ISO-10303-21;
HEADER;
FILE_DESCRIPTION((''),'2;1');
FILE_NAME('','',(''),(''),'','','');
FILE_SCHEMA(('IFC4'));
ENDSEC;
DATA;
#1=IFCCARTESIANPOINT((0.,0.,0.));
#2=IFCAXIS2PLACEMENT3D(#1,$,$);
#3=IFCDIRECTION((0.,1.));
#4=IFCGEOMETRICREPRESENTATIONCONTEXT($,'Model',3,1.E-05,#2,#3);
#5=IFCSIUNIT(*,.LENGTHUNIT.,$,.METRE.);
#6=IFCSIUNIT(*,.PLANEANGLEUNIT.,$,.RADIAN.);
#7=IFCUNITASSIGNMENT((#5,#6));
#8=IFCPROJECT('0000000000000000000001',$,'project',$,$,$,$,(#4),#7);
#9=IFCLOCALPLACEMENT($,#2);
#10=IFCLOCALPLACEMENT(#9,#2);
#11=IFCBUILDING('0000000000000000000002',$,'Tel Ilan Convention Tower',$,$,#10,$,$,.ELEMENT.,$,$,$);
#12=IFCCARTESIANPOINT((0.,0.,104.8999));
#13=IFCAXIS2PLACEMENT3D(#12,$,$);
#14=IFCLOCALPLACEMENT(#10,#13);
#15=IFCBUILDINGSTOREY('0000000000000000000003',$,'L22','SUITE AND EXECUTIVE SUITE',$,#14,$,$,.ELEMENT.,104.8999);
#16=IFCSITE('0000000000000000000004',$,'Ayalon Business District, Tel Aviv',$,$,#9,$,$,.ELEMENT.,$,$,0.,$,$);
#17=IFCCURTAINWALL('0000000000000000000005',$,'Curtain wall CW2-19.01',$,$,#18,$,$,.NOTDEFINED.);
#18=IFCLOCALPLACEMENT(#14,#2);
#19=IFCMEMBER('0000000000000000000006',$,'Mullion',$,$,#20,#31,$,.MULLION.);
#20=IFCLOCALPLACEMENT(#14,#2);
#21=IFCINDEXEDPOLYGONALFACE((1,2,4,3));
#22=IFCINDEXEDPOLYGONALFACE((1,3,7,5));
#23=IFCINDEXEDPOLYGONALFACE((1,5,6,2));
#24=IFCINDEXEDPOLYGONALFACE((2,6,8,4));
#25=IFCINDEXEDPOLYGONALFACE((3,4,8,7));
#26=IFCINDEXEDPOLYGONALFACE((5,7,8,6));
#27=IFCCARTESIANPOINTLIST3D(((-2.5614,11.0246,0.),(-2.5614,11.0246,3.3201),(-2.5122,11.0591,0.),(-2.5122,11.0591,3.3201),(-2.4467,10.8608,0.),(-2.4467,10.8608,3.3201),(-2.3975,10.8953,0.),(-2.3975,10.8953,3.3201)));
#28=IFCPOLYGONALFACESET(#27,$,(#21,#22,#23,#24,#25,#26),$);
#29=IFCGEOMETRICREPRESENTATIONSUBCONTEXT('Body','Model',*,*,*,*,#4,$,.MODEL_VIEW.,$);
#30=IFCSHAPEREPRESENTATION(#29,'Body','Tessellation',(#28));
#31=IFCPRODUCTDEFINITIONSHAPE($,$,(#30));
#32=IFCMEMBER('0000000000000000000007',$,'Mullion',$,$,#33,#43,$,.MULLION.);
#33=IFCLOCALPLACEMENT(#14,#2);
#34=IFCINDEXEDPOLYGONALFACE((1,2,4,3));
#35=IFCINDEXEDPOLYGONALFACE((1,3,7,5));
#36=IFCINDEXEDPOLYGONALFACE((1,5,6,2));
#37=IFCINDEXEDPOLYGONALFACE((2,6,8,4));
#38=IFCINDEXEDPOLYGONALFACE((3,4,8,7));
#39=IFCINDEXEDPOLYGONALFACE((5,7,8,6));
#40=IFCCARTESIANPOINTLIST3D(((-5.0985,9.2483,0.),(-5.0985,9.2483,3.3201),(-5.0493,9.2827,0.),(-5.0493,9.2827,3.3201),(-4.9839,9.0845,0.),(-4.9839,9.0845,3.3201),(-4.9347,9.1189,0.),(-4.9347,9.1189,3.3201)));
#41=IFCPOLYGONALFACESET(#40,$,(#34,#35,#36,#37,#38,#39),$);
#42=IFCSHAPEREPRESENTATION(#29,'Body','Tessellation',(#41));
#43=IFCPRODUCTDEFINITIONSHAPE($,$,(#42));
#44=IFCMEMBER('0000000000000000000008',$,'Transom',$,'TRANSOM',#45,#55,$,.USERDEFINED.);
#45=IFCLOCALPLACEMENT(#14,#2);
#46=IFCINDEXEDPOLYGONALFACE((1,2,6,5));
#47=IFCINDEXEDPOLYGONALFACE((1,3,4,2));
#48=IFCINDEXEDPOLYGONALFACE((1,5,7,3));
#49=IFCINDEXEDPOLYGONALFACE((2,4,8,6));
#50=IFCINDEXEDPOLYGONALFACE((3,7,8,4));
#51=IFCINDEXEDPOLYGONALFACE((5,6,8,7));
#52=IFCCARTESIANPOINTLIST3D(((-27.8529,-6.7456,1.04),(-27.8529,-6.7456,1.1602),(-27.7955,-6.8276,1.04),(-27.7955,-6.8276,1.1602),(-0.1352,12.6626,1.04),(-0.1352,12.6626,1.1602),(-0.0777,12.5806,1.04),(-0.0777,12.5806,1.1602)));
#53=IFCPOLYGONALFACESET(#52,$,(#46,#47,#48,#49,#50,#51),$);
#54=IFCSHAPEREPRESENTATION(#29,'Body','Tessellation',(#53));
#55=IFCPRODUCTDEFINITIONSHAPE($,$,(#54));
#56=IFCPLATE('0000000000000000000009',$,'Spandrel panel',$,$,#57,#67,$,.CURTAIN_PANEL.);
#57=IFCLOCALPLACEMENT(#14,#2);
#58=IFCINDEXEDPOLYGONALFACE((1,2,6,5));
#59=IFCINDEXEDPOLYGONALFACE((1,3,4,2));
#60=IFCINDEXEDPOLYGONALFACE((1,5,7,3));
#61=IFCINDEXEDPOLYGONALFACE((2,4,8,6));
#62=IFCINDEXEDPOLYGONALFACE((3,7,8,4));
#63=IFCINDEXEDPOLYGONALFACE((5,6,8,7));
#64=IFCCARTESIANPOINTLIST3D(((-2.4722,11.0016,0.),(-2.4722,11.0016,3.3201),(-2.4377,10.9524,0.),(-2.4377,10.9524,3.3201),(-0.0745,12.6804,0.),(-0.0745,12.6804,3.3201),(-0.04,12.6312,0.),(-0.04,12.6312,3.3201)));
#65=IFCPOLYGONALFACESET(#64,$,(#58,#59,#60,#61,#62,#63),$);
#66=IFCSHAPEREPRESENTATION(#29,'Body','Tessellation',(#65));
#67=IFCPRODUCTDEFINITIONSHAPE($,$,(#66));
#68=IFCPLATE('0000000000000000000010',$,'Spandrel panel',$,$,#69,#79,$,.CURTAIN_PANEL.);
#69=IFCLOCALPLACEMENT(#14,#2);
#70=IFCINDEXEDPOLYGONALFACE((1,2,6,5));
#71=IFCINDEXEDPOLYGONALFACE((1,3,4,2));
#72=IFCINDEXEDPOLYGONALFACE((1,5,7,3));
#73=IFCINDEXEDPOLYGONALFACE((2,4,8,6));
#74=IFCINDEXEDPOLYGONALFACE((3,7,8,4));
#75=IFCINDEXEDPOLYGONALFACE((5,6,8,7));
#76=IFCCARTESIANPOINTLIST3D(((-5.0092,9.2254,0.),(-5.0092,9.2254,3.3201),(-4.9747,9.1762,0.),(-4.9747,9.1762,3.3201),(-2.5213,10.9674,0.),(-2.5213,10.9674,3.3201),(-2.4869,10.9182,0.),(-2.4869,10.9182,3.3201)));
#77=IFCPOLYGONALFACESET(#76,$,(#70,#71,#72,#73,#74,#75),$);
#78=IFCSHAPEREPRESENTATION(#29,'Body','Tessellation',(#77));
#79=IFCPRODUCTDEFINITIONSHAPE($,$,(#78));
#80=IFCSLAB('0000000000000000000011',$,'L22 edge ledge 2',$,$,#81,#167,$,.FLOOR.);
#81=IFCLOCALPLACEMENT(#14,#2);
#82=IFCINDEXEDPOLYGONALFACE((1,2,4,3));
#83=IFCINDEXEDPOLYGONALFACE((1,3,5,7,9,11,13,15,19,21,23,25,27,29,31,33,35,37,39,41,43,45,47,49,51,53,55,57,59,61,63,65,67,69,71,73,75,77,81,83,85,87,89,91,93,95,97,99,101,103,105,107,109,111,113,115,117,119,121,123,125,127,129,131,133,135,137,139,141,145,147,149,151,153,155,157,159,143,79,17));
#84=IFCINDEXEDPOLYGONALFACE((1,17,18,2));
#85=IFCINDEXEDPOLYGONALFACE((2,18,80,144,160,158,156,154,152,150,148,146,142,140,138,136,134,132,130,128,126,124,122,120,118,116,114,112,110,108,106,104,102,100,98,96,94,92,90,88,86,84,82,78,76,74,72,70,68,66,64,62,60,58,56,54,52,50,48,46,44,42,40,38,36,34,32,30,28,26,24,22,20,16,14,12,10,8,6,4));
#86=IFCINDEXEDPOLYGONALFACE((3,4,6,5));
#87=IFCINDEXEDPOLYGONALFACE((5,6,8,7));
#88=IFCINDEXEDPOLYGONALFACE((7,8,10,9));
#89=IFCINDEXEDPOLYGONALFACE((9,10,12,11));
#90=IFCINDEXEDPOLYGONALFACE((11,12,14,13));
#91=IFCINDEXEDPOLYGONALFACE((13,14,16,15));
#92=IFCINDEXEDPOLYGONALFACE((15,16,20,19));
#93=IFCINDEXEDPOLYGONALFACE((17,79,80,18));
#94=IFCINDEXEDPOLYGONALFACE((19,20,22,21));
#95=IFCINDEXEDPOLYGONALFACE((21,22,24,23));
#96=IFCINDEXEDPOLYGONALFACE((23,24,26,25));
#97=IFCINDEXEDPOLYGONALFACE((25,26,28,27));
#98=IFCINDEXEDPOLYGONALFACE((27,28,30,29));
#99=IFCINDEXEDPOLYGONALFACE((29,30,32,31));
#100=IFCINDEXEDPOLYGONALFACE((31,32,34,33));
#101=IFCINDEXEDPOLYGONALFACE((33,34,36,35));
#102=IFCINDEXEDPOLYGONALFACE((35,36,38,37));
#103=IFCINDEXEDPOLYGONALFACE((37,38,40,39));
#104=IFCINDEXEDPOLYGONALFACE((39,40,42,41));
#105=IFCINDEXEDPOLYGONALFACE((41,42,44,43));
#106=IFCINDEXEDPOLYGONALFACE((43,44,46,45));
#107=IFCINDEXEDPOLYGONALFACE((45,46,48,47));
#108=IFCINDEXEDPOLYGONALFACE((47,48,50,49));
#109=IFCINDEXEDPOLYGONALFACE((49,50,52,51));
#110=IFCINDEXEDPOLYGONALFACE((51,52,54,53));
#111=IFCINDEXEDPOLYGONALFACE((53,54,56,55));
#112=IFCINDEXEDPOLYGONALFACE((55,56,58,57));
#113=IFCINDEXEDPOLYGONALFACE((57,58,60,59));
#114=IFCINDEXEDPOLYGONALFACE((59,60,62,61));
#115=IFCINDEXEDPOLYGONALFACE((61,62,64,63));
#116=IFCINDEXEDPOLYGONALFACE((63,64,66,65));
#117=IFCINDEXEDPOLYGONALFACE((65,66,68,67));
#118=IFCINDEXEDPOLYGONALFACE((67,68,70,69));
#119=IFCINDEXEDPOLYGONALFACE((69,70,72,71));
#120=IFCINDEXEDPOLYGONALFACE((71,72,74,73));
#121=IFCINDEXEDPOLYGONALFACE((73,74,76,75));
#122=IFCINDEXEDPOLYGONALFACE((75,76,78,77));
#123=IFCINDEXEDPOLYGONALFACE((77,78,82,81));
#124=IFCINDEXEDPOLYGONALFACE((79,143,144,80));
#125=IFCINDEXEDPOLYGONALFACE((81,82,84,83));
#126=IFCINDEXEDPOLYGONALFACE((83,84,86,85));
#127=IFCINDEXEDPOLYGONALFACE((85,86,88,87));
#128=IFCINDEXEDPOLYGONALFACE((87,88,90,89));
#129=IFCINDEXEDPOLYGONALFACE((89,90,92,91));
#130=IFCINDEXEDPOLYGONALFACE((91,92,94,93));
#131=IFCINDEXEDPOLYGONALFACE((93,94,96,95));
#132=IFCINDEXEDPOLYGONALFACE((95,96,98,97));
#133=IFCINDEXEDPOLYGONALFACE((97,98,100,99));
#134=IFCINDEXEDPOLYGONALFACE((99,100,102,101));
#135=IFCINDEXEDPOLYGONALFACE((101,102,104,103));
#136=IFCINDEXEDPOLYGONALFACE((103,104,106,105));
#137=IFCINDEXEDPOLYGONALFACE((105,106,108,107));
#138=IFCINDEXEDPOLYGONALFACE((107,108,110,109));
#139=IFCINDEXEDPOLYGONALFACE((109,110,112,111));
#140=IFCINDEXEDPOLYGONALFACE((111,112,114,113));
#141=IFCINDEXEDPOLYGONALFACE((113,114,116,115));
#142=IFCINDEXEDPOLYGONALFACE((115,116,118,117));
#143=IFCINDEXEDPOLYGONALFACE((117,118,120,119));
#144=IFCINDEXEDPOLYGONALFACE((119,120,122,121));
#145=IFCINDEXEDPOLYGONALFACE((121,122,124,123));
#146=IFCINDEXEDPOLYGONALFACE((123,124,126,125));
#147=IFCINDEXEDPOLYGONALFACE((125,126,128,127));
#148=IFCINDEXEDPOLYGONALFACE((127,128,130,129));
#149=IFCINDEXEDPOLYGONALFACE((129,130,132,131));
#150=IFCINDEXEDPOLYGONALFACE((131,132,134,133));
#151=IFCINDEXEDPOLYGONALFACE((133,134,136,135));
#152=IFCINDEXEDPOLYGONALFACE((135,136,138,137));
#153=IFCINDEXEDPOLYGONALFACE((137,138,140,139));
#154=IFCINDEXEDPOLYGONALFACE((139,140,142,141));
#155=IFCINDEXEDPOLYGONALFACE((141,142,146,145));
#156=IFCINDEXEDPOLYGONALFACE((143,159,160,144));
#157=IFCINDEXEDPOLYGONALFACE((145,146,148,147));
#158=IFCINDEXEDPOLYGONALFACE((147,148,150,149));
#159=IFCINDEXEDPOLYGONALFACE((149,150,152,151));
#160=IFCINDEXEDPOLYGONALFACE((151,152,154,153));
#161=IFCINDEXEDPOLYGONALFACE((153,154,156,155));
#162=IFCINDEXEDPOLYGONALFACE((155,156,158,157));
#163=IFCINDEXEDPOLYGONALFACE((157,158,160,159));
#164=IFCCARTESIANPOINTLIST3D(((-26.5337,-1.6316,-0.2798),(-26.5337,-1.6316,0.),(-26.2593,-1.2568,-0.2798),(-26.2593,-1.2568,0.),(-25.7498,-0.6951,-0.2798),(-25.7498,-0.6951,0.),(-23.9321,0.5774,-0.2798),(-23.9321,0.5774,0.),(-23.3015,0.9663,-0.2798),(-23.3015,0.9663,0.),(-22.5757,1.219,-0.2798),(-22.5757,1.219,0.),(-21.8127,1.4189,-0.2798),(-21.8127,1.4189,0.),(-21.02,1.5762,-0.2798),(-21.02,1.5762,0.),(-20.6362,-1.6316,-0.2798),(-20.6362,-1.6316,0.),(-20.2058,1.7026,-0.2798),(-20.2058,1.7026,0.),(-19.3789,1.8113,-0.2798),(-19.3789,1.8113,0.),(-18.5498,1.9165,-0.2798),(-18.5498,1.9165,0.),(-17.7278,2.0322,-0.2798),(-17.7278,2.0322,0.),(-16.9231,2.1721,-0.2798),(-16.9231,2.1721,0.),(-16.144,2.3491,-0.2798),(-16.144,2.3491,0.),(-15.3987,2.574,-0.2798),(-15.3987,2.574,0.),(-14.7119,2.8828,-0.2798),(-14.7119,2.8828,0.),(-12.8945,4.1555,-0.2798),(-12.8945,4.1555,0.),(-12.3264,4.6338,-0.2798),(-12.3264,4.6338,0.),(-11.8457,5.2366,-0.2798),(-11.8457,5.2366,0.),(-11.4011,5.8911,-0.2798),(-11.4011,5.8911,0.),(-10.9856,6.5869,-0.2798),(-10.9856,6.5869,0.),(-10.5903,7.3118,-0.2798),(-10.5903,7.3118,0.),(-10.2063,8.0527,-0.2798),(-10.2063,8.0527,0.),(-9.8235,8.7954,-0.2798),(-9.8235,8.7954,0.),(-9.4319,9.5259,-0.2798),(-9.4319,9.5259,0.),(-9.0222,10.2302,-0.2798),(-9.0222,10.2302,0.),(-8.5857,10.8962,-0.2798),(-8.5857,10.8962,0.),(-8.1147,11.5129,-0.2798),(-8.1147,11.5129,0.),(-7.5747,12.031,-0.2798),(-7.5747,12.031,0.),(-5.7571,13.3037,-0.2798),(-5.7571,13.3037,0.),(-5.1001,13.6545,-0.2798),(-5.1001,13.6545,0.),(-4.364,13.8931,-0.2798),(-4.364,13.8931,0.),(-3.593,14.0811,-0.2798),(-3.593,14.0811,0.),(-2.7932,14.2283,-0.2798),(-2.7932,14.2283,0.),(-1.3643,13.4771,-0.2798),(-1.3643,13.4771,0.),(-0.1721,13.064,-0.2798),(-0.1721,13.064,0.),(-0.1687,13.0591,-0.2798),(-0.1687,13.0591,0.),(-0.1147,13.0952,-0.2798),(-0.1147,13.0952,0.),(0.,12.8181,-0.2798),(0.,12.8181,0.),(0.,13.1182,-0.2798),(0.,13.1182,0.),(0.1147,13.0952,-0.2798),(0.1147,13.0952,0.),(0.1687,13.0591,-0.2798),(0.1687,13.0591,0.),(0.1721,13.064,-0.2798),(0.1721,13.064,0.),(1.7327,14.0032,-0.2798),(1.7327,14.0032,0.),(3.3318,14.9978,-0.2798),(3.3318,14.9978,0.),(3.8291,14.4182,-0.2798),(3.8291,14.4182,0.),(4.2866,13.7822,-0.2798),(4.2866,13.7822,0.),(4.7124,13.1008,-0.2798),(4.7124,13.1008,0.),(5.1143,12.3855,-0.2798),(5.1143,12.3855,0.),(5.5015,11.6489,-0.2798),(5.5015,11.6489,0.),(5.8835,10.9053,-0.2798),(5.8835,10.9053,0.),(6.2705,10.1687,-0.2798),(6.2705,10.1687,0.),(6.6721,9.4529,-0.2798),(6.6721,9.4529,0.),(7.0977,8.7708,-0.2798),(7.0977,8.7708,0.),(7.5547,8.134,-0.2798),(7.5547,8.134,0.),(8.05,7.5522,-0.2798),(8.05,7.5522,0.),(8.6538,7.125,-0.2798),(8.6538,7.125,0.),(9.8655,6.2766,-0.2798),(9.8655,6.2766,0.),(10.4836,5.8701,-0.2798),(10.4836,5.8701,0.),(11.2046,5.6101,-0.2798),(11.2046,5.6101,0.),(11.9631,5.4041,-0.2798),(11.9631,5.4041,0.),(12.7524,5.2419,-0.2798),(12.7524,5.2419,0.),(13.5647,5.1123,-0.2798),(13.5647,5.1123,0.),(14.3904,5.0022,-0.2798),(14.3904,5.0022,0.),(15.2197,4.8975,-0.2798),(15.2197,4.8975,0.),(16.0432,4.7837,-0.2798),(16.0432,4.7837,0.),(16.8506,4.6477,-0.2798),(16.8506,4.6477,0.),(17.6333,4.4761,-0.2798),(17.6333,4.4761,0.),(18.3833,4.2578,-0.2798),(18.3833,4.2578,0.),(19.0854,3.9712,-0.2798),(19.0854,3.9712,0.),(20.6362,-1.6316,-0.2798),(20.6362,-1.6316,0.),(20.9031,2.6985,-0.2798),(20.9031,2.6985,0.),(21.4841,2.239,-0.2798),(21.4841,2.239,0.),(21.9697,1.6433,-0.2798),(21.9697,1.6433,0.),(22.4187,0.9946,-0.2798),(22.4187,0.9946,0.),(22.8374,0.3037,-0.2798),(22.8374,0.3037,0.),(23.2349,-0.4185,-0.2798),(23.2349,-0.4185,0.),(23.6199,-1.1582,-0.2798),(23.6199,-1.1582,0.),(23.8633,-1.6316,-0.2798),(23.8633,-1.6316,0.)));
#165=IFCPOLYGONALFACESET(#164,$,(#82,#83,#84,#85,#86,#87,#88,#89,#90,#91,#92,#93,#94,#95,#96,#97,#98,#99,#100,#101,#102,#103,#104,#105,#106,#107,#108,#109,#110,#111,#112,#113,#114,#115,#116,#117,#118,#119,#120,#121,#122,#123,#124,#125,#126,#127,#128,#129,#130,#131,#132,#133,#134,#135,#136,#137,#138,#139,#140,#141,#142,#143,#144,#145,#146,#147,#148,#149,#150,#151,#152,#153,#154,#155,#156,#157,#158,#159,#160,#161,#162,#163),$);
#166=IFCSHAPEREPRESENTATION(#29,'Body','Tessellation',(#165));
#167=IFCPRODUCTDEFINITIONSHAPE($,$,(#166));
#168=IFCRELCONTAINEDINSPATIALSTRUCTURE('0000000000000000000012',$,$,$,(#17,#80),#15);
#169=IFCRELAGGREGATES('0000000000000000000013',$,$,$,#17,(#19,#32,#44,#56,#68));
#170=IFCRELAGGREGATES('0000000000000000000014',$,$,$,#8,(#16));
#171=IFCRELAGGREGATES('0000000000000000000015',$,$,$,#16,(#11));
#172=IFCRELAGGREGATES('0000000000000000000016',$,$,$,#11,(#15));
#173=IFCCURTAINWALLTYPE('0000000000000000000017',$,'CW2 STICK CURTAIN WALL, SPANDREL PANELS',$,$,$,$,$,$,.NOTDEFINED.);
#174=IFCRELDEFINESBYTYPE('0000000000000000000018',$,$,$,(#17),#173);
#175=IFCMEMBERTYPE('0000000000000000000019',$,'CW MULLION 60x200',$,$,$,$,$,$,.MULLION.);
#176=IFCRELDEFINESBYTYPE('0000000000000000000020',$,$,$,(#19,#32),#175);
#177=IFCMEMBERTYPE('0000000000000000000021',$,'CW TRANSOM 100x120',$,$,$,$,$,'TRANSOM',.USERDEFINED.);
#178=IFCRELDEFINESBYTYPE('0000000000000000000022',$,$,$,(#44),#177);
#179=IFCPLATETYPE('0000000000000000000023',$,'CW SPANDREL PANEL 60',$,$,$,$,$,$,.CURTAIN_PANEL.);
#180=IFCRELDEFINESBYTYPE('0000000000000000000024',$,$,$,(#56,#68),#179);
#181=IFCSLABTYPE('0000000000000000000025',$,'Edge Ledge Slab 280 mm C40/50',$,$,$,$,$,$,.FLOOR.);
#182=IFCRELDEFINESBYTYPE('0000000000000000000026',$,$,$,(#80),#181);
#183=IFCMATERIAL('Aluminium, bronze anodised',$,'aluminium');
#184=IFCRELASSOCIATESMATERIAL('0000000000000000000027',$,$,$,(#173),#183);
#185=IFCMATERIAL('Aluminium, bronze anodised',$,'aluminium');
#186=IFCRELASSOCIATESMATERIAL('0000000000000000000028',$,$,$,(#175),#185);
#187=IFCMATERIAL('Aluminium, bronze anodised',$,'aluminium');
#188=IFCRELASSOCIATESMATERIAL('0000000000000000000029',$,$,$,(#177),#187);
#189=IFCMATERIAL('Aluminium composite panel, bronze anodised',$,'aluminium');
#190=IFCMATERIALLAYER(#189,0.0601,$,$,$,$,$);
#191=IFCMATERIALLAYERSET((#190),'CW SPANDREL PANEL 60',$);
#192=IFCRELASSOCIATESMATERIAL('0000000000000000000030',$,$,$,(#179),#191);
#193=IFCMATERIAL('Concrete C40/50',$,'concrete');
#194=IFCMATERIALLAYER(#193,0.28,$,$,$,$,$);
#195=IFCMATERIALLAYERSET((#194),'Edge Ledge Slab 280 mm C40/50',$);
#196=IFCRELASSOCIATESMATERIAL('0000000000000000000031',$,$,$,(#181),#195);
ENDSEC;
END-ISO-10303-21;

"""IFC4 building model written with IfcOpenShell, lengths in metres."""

from ifc_helpers import new_model, si_unit, direction, frame, origin, origin_2d, place, context, subcontext, project, spatial, polyline, rectangle, outline, extrude, material, layer, layer_set, material_profile, profile_set, type_object, element, aggregate, save


model = new_model("IFC4")

# Units and contexts
model_context = context("Model", 3, precision=1e-05, world=origin(), true_north=direction((0.0, 1.0)))
body_context = subcontext(model_context, "Body", "Model", "MODEL_VIEW")
ifc_project = project(units=[si_unit("LENGTHUNIT", "METRE"), si_unit("PLANEANGLEUNIT", "RADIAN")], contexts=[model_context])

# Site, building, storey
site_placement = place(None, origin())
site = spatial("IfcSite", under=ifc_project, at=site_placement, Name="Ayalon Business District, Tel Aviv", CompositionType="ELEMENT", RefElevation=0.0)
building_placement = place(site_placement, origin())
building = spatial("IfcBuilding", under=site, at=building_placement, Name="Tel Ilan Convention Tower", CompositionType="ELEMENT")
storey_placement = place(building_placement, frame((0.0, 0.0, 104.8999)))
storey = spatial("IfcBuildingStorey", under=building, at=storey_placement, Name="L22", Description="SUITE AND EXECUTIVE SUITE", CompositionType="ELEMENT", Elevation=104.8999)

# Curtain wall, members, plates
ifc_material_1 = material(Name="Aluminium, bronze anodised", Category="aluminium")
curtain_wall_type = type_object("IfcCurtainWallType", Name="CW2 STICK CURTAIN WALL, SPANDREL PANELS", PredefinedType="NOTDEFINED", material=ifc_material_1)
curtain_wall_placement = place(storey_placement, origin())
curtain_wall = element("IfcCurtainWall", 1, at=curtain_wall_placement, inside=storey, type_object=curtain_wall_type, Name="Curtain wall CW2-19.01", PredefinedType="NOTDEFINED")
ifc_material_2 = material(Name="Aluminium, bronze anodised", Category="aluminium")
ifc_material_profile_1 = material_profile(ifc_material_2, rectangle(XDim=0.0601, YDim=0.2, at=origin_2d()), Name="CW MULLION 60x200")
ifc_profile_set_1 = profile_set([ifc_material_profile_1], Name="Aluminium, bronze anodised")
member_type_1 = type_object("IfcMemberType", Name="CW MULLION 60x200", PredefinedType="MULLION", material=ifc_profile_set_1)
member_1_placement = place(storey_placement, frame((-2.4795, 10.96, 0.0), z_axis=(0.0, 0.0, 1.0), x_axis=(-0.819152, -0.573576, 0.0)))
member_1 = element("IfcMember", 2, at=member_1_placement, type_object=member_type_1, Name="Mullion", PredefinedType="MULLION", context=body_context, shape_type="SweptSolid", body=[
    extrude(rectangle(XDim=0.0601, YDim=0.2, at=origin_2d()), origin(), (0.0, 0.0, 1.0), 3.3201),
])
member_2_placement = place(storey_placement, frame((-5.0166, 9.1836, 0.0), z_axis=(0.0, 0.0, 1.0), x_axis=(-0.819152, -0.573576, 0.0)))
member_2 = element("IfcMember", 3, at=member_2_placement, type_object=member_type_1, Name="Mullion", PredefinedType="MULLION", context=body_context, shape_type="SweptSolid", body=[
    extrude(rectangle(XDim=0.0601, YDim=0.2, at=origin_2d()), origin(), (0.0, 0.0, 1.0), 3.3201),
])
ifc_material_3 = material(Name="Aluminium, bronze anodised", Category="aluminium")
ifc_material_profile_2 = material_profile(ifc_material_3, rectangle(XDim=0.1001, YDim=0.1201, at=origin_2d()), Name="CW TRANSOM 100x120")
ifc_profile_set_2 = profile_set([ifc_material_profile_2], Name="Aluminium, bronze anodised")
member_type_2 = type_object("IfcMemberType", Name="CW TRANSOM 100x120", ElementType="TRANSOM", PredefinedType="USERDEFINED", material=ifc_profile_set_2)
member_3_placement = place(storey_placement, frame((-0.1064, 12.6216, 1.1001), z_axis=(-0.819152, -0.573577, 0.0), x_axis=(0.573577, -0.819152, 0.0)))
member_3 = element("IfcMember", 4, at=member_3_placement, type_object=member_type_2, Name="Transom", ObjectType="TRANSOM", PredefinedType="USERDEFINED", context=body_context, shape_type="SweptSolid", body=[
    extrude(rectangle(XDim=0.1001, YDim=0.1201, at=origin_2d()), origin(), (0.0, 0.0, 1.0), 33.8372),
])
ifc_material_4 = material(Name="Aluminium composite panel, bronze anodised", Category="aluminium")
ifc_layer_1 = layer(ifc_material_4, 0.0601)
ifc_layer_set_1 = layer_set([ifc_layer_1], Name="CW SPANDREL PANEL 60")
plate_type = type_object("IfcPlateType", Name="CW SPANDREL PANEL 60", PredefinedType="CURTAIN_PANEL", material=ifc_layer_set_1)
plate_1_placement = place(storey_placement, frame((-1.2561, 11.8164, 0.0), z_axis=(0.0, 0.0, 1.0), x_axis=(-0.819152, -0.573576, 0.0)))
plate_1 = element("IfcPlate", 5, at=plate_1_placement, type_object=plate_type, Name="Spandrel panel", PredefinedType="CURTAIN_PANEL", context=body_context, shape_type="SweptSolid", body=[
    extrude(rectangle(XDim=2.927, YDim=0.0601, at=origin_2d()), origin(), (0.0, 0.0, 1.0), 3.3201),
])
plate_2_placement = place(storey_placement, frame((-3.748, 10.0718, 0.0), z_axis=(0.0, 0.0, 1.0), x_axis=(-0.819152, -0.573576, 0.0)))
plate_2 = element("IfcPlate", 6, at=plate_2_placement, type_object=plate_type, Name="Spandrel panel", PredefinedType="CURTAIN_PANEL", context=body_context, shape_type="SweptSolid", body=[
    extrude(rectangle(XDim=3.0371, YDim=0.0601, at=origin_2d()), origin(), (0.0, 0.0, 1.0), 3.3201),
])
aggregate(curtain_wall, [member_1, member_2, member_3, plate_1, plate_2])

# Slab
ifc_material_5 = material(Name="Concrete C40/50", Category="concrete")
ifc_layer_2 = layer(ifc_material_5, 0.28)
ifc_layer_set_2 = layer_set([ifc_layer_2], Name="Edge Ledge Slab 280 mm C40/50")
slab_type_1 = type_object("IfcSlabType", Name="Edge Ledge Slab 280 mm C40/50", PredefinedType="FLOOR", material=ifc_layer_set_2)
slab_1_placement = place(storey_placement, frame((0.0, 0.0, -0.2798)))
element("IfcSlab", 7, at=slab_1_placement, inside=storey, type_object=slab_type_1, Name="L22 edge ledge 2", PredefinedType="FLOOR", context=body_context, shape_type="SweptSolid", body=[
    extrude(outline(polyline([(-23.3015, 0.9663), (-22.5757, 1.219), (-21.8127, 1.4189), (-21.02, 1.5762), (-20.2058, 1.7026), (-19.3789, 1.8113), (-18.5498, 1.9165), (-17.7278, 2.0322), (-16.9231, 2.1721), (-16.144, 2.3491), (-15.3987, 2.574), (-14.7119, 2.8828), (-12.8945, 4.1555), (-12.3264, 4.6338), (-11.8457, 5.2366), (-11.4011, 5.8911), (-10.9856, 6.5869), (-10.5903, 7.3118), (-10.2063, 8.0527), (-9.8235, 8.7954), (-9.4319, 9.5259), (-9.0222, 10.2302), (-8.5857, 10.8962), (-8.1147, 11.5129), (-7.5747, 12.031), (-5.7571, 13.3037), (-5.1001, 13.6545), (-4.364, 13.8931), (-3.593, 14.0811), (-2.7932, 14.2283), (-1.3643, 13.4771), (-0.1721, 13.064), (-0.1687, 13.0591), (-0.1147, 13.0952), (0.0, 13.1182), (0.1147, 13.0952), (0.1687, 13.0591), (0.1721, 13.064), (1.7327, 14.0032), (3.3318, 14.9978), (3.8291, 14.4182), (4.2866, 13.7822), (4.7124, 13.1008), (5.1143, 12.3855), (5.5015, 11.6489), (5.8835, 10.9053), (6.2705, 10.1687), (6.6721, 9.4529), (7.0977, 8.7708), (7.5547, 8.134), (8.05, 7.5522), (8.6538, 7.125), (9.8655, 6.2766), (10.4836, 5.8701), (11.2046, 5.6101), (11.9631, 5.4041), (12.7524, 5.2419), (13.5647, 5.1123), (14.3904, 5.0022), (15.2197, 4.8975), (16.0432, 4.7837), (16.8506, 4.6477), (17.6333, 4.4761), (18.3833, 4.2578), (19.0854, 3.9712), (20.9031, 2.6985), (21.4841, 2.239), (21.9697, 1.6433), (22.4187, 0.9946), (22.8374, 0.3037), (23.2349, -0.4185), (23.6199, -1.1582), (23.8633, -1.6316), (20.6362, -1.6316), (0.0, 12.8181), (-20.6362, -1.6316), (-26.5337, -1.6316), (-26.2593, -1.2568), (-25.7498, -0.6951), (-23.9321, 0.5774), (-23.3015, 0.9663)])), origin(), (0.0, 0.0, 1.0), 0.2798),
])

save(model, "model.ifc")
